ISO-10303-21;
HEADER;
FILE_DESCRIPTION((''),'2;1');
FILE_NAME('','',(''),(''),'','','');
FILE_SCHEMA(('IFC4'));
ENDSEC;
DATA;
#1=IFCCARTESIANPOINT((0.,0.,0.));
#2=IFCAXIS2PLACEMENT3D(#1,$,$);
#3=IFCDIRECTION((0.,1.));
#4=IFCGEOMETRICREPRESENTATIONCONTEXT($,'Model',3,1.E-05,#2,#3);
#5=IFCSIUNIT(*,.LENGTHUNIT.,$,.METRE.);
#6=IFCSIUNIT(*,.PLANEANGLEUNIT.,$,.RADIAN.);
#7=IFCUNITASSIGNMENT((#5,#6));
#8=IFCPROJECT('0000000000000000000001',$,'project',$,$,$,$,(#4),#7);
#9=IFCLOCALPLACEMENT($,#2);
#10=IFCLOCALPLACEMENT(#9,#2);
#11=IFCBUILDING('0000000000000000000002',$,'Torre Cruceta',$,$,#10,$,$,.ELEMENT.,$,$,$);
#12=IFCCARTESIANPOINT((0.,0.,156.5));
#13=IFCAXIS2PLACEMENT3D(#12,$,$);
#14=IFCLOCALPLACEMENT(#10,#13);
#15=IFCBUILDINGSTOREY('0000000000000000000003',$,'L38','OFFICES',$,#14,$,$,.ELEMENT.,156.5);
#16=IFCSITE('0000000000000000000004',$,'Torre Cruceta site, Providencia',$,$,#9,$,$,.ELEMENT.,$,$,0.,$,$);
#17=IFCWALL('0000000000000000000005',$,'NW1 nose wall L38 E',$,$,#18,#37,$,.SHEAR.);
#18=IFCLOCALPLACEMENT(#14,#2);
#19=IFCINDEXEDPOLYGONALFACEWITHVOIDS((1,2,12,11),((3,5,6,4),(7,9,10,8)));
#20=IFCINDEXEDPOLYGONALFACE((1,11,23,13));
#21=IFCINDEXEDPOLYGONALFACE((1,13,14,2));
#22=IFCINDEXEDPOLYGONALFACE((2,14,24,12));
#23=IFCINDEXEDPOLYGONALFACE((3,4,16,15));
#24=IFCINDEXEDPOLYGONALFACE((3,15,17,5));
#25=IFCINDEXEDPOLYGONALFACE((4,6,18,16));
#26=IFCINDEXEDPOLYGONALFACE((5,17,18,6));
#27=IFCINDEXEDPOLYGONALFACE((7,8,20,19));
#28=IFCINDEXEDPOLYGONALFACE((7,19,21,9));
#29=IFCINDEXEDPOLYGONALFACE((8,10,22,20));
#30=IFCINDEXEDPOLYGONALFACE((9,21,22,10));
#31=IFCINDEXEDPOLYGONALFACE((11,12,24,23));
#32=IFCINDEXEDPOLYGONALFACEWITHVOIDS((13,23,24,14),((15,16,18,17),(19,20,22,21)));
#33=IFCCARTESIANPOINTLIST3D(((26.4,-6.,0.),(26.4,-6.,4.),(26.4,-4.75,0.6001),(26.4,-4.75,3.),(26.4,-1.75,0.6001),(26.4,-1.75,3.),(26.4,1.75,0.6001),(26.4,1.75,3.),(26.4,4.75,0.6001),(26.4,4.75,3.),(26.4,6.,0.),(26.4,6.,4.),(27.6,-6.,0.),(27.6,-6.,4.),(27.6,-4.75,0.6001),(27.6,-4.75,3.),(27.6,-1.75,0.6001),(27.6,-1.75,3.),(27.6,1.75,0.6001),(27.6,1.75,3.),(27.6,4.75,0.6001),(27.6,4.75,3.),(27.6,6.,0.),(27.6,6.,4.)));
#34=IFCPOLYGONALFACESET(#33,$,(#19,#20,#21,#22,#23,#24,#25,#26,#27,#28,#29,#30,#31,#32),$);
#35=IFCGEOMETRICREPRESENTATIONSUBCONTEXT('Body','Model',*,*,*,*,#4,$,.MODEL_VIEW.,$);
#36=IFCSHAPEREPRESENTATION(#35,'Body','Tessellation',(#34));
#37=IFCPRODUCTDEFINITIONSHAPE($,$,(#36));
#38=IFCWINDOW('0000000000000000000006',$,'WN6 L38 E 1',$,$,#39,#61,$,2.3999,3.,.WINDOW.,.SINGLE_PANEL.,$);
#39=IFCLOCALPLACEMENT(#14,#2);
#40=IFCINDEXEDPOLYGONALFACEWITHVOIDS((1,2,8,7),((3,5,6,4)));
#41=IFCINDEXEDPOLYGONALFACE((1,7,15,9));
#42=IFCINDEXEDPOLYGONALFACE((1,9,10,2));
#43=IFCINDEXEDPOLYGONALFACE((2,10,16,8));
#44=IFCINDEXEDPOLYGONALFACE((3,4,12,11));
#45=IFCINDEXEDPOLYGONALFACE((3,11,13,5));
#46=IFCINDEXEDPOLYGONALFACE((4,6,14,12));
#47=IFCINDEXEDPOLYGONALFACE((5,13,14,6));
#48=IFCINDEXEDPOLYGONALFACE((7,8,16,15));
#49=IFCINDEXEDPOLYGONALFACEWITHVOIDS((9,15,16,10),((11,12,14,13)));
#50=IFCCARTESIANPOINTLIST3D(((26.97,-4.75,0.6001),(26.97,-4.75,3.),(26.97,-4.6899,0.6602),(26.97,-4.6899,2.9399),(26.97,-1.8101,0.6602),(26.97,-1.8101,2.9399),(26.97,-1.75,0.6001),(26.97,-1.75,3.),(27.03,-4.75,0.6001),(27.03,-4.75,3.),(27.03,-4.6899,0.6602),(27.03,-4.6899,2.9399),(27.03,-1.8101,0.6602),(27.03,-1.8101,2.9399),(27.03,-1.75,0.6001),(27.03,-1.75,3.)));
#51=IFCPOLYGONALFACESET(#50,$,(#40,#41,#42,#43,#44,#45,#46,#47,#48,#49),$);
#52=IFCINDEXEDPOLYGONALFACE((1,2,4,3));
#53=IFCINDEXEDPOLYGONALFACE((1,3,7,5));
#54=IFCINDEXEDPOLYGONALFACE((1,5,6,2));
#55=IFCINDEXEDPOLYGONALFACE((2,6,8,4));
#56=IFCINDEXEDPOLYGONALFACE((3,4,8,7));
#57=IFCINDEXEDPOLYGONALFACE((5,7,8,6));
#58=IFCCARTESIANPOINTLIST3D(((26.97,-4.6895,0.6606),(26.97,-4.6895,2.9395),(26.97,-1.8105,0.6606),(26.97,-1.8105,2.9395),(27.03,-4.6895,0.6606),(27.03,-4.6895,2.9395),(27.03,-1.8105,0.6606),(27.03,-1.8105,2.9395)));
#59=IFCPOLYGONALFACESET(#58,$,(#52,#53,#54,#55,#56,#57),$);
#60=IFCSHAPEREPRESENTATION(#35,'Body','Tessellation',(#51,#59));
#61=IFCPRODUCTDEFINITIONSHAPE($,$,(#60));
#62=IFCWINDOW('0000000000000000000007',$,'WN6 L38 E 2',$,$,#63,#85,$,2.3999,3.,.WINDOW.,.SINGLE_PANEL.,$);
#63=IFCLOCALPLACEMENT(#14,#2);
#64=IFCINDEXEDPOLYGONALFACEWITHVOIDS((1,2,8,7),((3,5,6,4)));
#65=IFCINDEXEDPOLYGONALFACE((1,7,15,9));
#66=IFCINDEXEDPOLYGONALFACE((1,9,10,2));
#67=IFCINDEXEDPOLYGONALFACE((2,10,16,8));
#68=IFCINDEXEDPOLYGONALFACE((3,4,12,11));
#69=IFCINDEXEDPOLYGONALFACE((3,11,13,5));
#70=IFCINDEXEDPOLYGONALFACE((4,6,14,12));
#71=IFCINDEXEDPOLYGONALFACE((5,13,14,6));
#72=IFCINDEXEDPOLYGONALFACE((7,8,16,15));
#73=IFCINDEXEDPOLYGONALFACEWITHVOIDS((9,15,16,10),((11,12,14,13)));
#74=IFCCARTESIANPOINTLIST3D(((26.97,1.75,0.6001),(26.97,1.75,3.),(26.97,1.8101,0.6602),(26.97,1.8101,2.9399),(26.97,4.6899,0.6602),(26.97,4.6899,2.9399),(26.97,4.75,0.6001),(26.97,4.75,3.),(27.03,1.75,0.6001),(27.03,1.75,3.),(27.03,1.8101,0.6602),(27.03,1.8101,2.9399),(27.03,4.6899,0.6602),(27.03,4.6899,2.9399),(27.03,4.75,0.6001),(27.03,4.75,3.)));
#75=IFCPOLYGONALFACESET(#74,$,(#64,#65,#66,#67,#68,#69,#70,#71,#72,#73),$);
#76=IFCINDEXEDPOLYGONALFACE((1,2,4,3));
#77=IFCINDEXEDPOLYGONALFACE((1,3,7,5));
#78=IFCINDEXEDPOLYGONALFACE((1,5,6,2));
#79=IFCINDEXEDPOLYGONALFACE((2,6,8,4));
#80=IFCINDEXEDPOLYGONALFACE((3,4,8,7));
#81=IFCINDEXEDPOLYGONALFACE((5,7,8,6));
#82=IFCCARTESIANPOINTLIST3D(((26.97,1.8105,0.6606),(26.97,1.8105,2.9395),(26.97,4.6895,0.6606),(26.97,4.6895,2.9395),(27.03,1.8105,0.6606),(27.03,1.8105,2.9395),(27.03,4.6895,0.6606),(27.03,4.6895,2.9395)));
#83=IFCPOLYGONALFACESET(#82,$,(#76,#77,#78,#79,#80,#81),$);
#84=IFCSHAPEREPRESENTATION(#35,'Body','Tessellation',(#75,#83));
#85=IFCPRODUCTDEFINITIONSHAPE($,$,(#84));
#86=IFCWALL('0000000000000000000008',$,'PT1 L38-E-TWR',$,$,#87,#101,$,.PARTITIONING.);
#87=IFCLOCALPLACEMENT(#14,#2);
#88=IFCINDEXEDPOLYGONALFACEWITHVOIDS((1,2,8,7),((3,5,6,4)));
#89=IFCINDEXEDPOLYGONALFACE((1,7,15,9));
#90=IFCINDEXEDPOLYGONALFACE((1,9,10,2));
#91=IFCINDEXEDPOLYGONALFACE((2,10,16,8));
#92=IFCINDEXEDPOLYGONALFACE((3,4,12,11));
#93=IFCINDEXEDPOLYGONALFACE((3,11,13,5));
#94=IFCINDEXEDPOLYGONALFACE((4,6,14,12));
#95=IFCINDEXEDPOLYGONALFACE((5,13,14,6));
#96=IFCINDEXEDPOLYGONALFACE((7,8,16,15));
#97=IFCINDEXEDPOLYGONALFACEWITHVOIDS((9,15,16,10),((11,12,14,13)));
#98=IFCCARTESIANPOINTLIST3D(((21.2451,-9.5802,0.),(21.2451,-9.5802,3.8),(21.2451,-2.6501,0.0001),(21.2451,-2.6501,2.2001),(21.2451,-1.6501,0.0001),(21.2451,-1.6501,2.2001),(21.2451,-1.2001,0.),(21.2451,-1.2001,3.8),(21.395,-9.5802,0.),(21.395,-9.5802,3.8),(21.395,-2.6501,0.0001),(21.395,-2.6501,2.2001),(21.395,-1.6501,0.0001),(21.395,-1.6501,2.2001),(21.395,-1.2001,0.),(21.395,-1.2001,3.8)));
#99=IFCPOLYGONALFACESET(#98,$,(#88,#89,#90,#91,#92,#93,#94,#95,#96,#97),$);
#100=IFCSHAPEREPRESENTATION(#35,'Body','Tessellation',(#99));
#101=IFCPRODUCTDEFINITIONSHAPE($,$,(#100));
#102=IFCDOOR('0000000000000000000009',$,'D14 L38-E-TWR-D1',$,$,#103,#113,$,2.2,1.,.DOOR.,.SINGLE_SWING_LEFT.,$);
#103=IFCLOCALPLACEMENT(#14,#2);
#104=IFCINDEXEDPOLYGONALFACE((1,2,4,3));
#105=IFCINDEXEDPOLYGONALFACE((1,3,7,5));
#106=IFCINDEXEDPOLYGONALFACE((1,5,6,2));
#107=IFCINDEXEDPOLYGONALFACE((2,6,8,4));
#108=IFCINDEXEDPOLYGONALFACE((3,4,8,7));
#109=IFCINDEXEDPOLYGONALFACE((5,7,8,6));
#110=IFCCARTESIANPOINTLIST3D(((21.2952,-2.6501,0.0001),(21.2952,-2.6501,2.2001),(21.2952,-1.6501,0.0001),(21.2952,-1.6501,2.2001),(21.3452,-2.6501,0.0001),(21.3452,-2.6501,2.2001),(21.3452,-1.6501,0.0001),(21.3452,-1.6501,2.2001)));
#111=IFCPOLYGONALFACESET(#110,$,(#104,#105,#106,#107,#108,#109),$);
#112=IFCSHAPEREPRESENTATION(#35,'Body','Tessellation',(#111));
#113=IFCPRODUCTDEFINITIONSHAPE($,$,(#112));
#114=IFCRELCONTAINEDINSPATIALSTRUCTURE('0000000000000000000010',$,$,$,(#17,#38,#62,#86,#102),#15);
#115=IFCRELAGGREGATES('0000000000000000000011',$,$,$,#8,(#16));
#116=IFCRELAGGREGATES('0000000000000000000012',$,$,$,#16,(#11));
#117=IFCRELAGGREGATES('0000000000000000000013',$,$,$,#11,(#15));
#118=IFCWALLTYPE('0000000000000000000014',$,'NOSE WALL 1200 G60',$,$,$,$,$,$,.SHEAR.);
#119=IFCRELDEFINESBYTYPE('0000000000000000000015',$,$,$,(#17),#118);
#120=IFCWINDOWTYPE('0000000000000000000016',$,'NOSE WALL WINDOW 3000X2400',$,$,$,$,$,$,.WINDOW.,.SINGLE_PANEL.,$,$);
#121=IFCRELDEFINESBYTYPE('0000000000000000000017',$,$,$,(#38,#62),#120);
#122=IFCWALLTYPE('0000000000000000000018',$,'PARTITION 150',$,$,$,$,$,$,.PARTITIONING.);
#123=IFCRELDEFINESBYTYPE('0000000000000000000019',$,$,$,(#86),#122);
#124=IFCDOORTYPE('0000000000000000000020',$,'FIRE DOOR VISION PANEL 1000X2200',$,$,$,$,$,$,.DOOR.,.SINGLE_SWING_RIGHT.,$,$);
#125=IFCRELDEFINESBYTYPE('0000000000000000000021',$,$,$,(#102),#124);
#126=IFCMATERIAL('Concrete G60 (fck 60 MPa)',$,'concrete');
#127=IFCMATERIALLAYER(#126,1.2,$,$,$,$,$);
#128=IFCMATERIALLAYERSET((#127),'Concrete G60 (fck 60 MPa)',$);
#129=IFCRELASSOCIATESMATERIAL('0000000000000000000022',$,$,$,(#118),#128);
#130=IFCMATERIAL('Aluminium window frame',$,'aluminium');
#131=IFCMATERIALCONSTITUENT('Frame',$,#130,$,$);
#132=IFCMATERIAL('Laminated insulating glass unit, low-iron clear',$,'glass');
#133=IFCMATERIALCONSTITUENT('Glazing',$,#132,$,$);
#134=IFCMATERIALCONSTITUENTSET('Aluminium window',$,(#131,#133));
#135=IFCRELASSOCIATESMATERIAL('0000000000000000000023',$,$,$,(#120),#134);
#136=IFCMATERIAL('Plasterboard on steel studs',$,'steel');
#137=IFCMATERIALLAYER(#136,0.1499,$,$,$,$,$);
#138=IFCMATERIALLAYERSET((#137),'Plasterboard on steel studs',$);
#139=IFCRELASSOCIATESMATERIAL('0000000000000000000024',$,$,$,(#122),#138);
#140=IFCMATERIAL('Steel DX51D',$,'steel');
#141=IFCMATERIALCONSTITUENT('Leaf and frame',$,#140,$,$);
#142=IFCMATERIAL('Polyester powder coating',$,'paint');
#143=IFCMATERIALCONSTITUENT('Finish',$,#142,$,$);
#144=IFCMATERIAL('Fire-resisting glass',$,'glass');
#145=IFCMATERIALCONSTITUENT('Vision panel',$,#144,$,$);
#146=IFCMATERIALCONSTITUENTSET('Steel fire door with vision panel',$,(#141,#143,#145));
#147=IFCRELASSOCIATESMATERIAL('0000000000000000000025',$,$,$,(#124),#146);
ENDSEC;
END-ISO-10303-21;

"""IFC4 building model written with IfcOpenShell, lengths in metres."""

from ifc_helpers import new_model, si_unit, direction, frame, frame_2d, origin, place, context, subcontext, project, spatial, rectangle, hollow_rectangle, extrude, material, layer, layer_set, constituent, constituent_set, type_object, element, fill, save


model = new_model("IFC4")

# Units and contexts
model_context = context("Model", 3, precision=1e-05, world=origin(), true_north=direction((0.0, 1.0)))
body_context = subcontext(model_context, "Body", "Model", "MODEL_VIEW")
ifc_project = project(units=[si_unit("LENGTHUNIT", "METRE"), si_unit("PLANEANGLEUNIT", "RADIAN")], contexts=[model_context])

# Site, building, storey
site_placement = place(None, origin())
site = spatial("IfcSite", under=ifc_project, at=site_placement, Name="Torre Cruceta site, Providencia", CompositionType="ELEMENT", RefElevation=0.0)
building_placement = place(site_placement, origin())
building = spatial("IfcBuilding", under=site, at=building_placement, Name="Torre Cruceta", CompositionType="ELEMENT")
storey_placement = place(building_placement, frame((0.0, 0.0, 156.5)))
storey = spatial("IfcBuildingStorey", under=building, at=storey_placement, Name="L38", Description="OFFICES", CompositionType="ELEMENT", Elevation=156.5)

# Wall, openings, windows
ifc_material_1 = material(Name="Concrete G60 (fck 60 MPa)", Category="concrete")
ifc_layer_1 = layer(ifc_material_1, 1.2)
ifc_layer_set_1 = layer_set([ifc_layer_1], Name="Concrete G60 (fck 60 MPa)")
wall_type_1 = type_object("IfcWallType", Name="NOSE WALL 1200 G60", PredefinedType="SHEAR", material=ifc_layer_set_1)
wall_1_placement = place(storey_placement, frame((27.0, -6.0, 0.0), z_axis=(0.0, 0.0, 1.0), x_axis=(0.0, 1.0, 0.0)))
wall_1 = element("IfcWall", 1, at=wall_1_placement, inside=storey, type_object=wall_type_1, Name="NW1 nose wall L38 E", PredefinedType="SHEAR", context=body_context, shape_type="SweptSolid", body=[
    extrude(rectangle(XDim=12.0, YDim=1.2, at=frame_2d((6.0, 0.0))), origin(), (0.0, 0.0, 1.0), 4.0),
])
opening_1_placement = place(wall_1_placement, frame((1.25, 0.0, 0.6001)))
opening_1 = element("IfcOpeningElement", 2, at=opening_1_placement, cuts=wall_1, PredefinedType="OPENING", context=body_context, shape_type="SweptSolid", body=[
    extrude(rectangle(XDim=3.0, YDim=2.3999, at=frame_2d((1.5, 1.2))), frame((0.0, 0.6099, 0.0), z_axis=(0.0, -1.0, 0.0), x_axis=(1.0, 0.0, 0.0)), (0.0, 0.0, 1.0), 1.22),
])
opening_2_placement = place(wall_1_placement, frame((7.75, 0.0, 0.6001)))
opening_2 = element("IfcOpeningElement", 3, at=opening_2_placement, cuts=wall_1, PredefinedType="OPENING", context=body_context, shape_type="SweptSolid", body=[
    extrude(rectangle(XDim=3.0, YDim=2.3999, at=frame_2d((1.5, 1.2))), frame((0.0, 0.6099, 0.0), z_axis=(0.0, -1.0, 0.0), x_axis=(1.0, 0.0, 0.0)), (0.0, 0.0, 1.0), 1.22),
])
ifc_material_2 = material(Name="Aluminium window frame", Category="aluminium")
ifc_constituent_1 = constituent(ifc_material_2, Name="Frame")
ifc_material_3 = material(Name="Laminated insulating glass unit, low-iron clear", Category="glass")
ifc_constituent_2 = constituent(ifc_material_3, Name="Glazing")
ifc_constituent_set_1 = constituent_set(constituents=[ifc_constituent_1, ifc_constituent_2], Name="Aluminium window")
window_type_1 = type_object("IfcWindowType", Name="NOSE WALL WINDOW 3000X2400", PartitioningType="SINGLE_PANEL", PredefinedType="WINDOW", material=ifc_constituent_set_1)
window_1_placement = place(opening_1_placement, origin())
window_1 = element("IfcWindow", 4, at=window_1_placement, inside=storey, type_object=window_type_1, Name="WN6 L38 E 1", OverallHeight=2.3999, OverallWidth=3.0, PartitioningType="SINGLE_PANEL", PredefinedType="WINDOW", context=body_context, shape_type="SweptSolid", body=[
    extrude(hollow_rectangle(XDim=3.0, YDim=2.3999, WallThickness=0.0601, at=frame_2d((1.5, 1.2))), frame((0.0, 0.03, 0.0), z_axis=(0.0, -1.0, 0.0), x_axis=(1.0, 0.0, 0.0)), (0.0, 0.0, 1.0), 0.0601),
    extrude(rectangle(XDim=2.8789, YDim=2.2788, at=frame_2d((1.5, 1.2))), frame((0.0, 0.03, 0.0), z_axis=(0.0, -1.0, 0.0), x_axis=(1.0, 0.0, 0.0)), (0.0, 0.0, 1.0), 0.0601),
])
fill(opening_1, window_1)
window_2_placement = place(opening_2_placement, origin())
window_2 = element("IfcWindow", 5, at=window_2_placement, inside=storey, type_object=window_type_1, Name="WN6 L38 E 2", OverallHeight=2.3999, OverallWidth=3.0, PartitioningType="SINGLE_PANEL", PredefinedType="WINDOW", context=body_context, shape_type="SweptSolid", body=[
    extrude(hollow_rectangle(XDim=3.0, YDim=2.3999, WallThickness=0.0601, at=frame_2d((1.5, 1.2))), frame((0.0, 0.03, 0.0), z_axis=(0.0, -1.0, 0.0), x_axis=(1.0, 0.0, 0.0)), (0.0, 0.0, 1.0), 0.0601),
    extrude(rectangle(XDim=2.8789, YDim=2.2788, at=frame_2d((1.5, 1.2))), frame((0.0, 0.03, 0.0), z_axis=(0.0, -1.0, 0.0), x_axis=(1.0, 0.0, 0.0)), (0.0, 0.0, 1.0), 0.0601),
])
fill(opening_2, window_2)

# Wall, opening, door
ifc_material_4 = material(Name="Plasterboard on steel studs", Category="steel")
ifc_layer_2 = layer(ifc_material_4, 0.1499)
ifc_layer_set_2 = layer_set([ifc_layer_2], Name="Plasterboard on steel studs")
wall_type_2 = type_object("IfcWallType", Name="PARTITION 150", PredefinedType="PARTITIONING", material=ifc_layer_set_2)
wall_2_placement = place(storey_placement, frame((21.3201, -9.5801, 0.0), z_axis=(0.0, 0.0, 1.0), x_axis=(0.0, 1.0, 0.0)))
wall_2 = element("IfcWall", 6, at=wall_2_placement, inside=storey, type_object=wall_type_2, Name="PT1 L38-E-TWR", PredefinedType="PARTITIONING", context=body_context, shape_type="SweptSolid", body=[
    extrude(rectangle(XDim=8.3801, YDim=0.1499, at=frame_2d((4.1899, 0.0))), origin(), (0.0, 0.0, 1.0), 3.8),
])
opening_3_placement = place(wall_2_placement, frame((6.9299, 0.0, 0.0)))
opening_3 = element("IfcOpeningElement", 7, at=opening_3_placement, cuts=wall_2, PredefinedType="OPENING", context=body_context, shape_type="SweptSolid", body=[
    extrude(rectangle(XDim=1.0, YDim=2.2, at=frame_2d((0.5, 1.1001))), frame((0.0, 0.085, 0.0), z_axis=(0.0, -1.0, 0.0), x_axis=(1.0, 0.0, 0.0)), (0.0, 0.0, 1.0), 0.1699),
])
ifc_material_5 = material(Name="Steel DX51D", Category="steel")
ifc_constituent_3 = constituent(ifc_material_5, Name="Leaf and frame")
ifc_material_6 = material(Name="Polyester powder coating", Category="paint")
ifc_constituent_4 = constituent(ifc_material_6, Name="Finish")
ifc_material_7 = material(Name="Fire-resisting glass", Category="glass")
ifc_constituent_5 = constituent(ifc_material_7, Name="Vision panel")
ifc_constituent_set_2 = constituent_set(constituents=[ifc_constituent_3, ifc_constituent_4, ifc_constituent_5], Name="Steel fire door with vision panel")
door_type = type_object("IfcDoorType", Name="FIRE DOOR VISION PANEL 1000X2200", OperationType="SINGLE_SWING_RIGHT", PredefinedType="DOOR", material=ifc_constituent_set_2)
door_placement = place(opening_3_placement, frame((1.0, 0.0, 0.0), z_axis=(0.0, 0.0, 1.0), x_axis=(-1.0, 0.0, 0.0)))
door = element("IfcDoor", 8, at=door_placement, inside=storey, type_object=door_type, Name="D14 L38-E-TWR-D1", OperationType="SINGLE_SWING_LEFT", OverallHeight=2.2, OverallWidth=1.0, PredefinedType="DOOR", context=body_context, shape_type="SweptSolid", body=[
    extrude(rectangle(XDim=1.0, YDim=2.2, at=frame_2d((0.5, 1.1001))), frame((0.0, 0.0251, 0.0), z_axis=(0.0, -1.0, 0.0), x_axis=(1.0, 0.0, 0.0)), (0.0, 0.0, 1.0), 0.05),
])
fill(opening_3, door)

save(model, "model.ifc")
